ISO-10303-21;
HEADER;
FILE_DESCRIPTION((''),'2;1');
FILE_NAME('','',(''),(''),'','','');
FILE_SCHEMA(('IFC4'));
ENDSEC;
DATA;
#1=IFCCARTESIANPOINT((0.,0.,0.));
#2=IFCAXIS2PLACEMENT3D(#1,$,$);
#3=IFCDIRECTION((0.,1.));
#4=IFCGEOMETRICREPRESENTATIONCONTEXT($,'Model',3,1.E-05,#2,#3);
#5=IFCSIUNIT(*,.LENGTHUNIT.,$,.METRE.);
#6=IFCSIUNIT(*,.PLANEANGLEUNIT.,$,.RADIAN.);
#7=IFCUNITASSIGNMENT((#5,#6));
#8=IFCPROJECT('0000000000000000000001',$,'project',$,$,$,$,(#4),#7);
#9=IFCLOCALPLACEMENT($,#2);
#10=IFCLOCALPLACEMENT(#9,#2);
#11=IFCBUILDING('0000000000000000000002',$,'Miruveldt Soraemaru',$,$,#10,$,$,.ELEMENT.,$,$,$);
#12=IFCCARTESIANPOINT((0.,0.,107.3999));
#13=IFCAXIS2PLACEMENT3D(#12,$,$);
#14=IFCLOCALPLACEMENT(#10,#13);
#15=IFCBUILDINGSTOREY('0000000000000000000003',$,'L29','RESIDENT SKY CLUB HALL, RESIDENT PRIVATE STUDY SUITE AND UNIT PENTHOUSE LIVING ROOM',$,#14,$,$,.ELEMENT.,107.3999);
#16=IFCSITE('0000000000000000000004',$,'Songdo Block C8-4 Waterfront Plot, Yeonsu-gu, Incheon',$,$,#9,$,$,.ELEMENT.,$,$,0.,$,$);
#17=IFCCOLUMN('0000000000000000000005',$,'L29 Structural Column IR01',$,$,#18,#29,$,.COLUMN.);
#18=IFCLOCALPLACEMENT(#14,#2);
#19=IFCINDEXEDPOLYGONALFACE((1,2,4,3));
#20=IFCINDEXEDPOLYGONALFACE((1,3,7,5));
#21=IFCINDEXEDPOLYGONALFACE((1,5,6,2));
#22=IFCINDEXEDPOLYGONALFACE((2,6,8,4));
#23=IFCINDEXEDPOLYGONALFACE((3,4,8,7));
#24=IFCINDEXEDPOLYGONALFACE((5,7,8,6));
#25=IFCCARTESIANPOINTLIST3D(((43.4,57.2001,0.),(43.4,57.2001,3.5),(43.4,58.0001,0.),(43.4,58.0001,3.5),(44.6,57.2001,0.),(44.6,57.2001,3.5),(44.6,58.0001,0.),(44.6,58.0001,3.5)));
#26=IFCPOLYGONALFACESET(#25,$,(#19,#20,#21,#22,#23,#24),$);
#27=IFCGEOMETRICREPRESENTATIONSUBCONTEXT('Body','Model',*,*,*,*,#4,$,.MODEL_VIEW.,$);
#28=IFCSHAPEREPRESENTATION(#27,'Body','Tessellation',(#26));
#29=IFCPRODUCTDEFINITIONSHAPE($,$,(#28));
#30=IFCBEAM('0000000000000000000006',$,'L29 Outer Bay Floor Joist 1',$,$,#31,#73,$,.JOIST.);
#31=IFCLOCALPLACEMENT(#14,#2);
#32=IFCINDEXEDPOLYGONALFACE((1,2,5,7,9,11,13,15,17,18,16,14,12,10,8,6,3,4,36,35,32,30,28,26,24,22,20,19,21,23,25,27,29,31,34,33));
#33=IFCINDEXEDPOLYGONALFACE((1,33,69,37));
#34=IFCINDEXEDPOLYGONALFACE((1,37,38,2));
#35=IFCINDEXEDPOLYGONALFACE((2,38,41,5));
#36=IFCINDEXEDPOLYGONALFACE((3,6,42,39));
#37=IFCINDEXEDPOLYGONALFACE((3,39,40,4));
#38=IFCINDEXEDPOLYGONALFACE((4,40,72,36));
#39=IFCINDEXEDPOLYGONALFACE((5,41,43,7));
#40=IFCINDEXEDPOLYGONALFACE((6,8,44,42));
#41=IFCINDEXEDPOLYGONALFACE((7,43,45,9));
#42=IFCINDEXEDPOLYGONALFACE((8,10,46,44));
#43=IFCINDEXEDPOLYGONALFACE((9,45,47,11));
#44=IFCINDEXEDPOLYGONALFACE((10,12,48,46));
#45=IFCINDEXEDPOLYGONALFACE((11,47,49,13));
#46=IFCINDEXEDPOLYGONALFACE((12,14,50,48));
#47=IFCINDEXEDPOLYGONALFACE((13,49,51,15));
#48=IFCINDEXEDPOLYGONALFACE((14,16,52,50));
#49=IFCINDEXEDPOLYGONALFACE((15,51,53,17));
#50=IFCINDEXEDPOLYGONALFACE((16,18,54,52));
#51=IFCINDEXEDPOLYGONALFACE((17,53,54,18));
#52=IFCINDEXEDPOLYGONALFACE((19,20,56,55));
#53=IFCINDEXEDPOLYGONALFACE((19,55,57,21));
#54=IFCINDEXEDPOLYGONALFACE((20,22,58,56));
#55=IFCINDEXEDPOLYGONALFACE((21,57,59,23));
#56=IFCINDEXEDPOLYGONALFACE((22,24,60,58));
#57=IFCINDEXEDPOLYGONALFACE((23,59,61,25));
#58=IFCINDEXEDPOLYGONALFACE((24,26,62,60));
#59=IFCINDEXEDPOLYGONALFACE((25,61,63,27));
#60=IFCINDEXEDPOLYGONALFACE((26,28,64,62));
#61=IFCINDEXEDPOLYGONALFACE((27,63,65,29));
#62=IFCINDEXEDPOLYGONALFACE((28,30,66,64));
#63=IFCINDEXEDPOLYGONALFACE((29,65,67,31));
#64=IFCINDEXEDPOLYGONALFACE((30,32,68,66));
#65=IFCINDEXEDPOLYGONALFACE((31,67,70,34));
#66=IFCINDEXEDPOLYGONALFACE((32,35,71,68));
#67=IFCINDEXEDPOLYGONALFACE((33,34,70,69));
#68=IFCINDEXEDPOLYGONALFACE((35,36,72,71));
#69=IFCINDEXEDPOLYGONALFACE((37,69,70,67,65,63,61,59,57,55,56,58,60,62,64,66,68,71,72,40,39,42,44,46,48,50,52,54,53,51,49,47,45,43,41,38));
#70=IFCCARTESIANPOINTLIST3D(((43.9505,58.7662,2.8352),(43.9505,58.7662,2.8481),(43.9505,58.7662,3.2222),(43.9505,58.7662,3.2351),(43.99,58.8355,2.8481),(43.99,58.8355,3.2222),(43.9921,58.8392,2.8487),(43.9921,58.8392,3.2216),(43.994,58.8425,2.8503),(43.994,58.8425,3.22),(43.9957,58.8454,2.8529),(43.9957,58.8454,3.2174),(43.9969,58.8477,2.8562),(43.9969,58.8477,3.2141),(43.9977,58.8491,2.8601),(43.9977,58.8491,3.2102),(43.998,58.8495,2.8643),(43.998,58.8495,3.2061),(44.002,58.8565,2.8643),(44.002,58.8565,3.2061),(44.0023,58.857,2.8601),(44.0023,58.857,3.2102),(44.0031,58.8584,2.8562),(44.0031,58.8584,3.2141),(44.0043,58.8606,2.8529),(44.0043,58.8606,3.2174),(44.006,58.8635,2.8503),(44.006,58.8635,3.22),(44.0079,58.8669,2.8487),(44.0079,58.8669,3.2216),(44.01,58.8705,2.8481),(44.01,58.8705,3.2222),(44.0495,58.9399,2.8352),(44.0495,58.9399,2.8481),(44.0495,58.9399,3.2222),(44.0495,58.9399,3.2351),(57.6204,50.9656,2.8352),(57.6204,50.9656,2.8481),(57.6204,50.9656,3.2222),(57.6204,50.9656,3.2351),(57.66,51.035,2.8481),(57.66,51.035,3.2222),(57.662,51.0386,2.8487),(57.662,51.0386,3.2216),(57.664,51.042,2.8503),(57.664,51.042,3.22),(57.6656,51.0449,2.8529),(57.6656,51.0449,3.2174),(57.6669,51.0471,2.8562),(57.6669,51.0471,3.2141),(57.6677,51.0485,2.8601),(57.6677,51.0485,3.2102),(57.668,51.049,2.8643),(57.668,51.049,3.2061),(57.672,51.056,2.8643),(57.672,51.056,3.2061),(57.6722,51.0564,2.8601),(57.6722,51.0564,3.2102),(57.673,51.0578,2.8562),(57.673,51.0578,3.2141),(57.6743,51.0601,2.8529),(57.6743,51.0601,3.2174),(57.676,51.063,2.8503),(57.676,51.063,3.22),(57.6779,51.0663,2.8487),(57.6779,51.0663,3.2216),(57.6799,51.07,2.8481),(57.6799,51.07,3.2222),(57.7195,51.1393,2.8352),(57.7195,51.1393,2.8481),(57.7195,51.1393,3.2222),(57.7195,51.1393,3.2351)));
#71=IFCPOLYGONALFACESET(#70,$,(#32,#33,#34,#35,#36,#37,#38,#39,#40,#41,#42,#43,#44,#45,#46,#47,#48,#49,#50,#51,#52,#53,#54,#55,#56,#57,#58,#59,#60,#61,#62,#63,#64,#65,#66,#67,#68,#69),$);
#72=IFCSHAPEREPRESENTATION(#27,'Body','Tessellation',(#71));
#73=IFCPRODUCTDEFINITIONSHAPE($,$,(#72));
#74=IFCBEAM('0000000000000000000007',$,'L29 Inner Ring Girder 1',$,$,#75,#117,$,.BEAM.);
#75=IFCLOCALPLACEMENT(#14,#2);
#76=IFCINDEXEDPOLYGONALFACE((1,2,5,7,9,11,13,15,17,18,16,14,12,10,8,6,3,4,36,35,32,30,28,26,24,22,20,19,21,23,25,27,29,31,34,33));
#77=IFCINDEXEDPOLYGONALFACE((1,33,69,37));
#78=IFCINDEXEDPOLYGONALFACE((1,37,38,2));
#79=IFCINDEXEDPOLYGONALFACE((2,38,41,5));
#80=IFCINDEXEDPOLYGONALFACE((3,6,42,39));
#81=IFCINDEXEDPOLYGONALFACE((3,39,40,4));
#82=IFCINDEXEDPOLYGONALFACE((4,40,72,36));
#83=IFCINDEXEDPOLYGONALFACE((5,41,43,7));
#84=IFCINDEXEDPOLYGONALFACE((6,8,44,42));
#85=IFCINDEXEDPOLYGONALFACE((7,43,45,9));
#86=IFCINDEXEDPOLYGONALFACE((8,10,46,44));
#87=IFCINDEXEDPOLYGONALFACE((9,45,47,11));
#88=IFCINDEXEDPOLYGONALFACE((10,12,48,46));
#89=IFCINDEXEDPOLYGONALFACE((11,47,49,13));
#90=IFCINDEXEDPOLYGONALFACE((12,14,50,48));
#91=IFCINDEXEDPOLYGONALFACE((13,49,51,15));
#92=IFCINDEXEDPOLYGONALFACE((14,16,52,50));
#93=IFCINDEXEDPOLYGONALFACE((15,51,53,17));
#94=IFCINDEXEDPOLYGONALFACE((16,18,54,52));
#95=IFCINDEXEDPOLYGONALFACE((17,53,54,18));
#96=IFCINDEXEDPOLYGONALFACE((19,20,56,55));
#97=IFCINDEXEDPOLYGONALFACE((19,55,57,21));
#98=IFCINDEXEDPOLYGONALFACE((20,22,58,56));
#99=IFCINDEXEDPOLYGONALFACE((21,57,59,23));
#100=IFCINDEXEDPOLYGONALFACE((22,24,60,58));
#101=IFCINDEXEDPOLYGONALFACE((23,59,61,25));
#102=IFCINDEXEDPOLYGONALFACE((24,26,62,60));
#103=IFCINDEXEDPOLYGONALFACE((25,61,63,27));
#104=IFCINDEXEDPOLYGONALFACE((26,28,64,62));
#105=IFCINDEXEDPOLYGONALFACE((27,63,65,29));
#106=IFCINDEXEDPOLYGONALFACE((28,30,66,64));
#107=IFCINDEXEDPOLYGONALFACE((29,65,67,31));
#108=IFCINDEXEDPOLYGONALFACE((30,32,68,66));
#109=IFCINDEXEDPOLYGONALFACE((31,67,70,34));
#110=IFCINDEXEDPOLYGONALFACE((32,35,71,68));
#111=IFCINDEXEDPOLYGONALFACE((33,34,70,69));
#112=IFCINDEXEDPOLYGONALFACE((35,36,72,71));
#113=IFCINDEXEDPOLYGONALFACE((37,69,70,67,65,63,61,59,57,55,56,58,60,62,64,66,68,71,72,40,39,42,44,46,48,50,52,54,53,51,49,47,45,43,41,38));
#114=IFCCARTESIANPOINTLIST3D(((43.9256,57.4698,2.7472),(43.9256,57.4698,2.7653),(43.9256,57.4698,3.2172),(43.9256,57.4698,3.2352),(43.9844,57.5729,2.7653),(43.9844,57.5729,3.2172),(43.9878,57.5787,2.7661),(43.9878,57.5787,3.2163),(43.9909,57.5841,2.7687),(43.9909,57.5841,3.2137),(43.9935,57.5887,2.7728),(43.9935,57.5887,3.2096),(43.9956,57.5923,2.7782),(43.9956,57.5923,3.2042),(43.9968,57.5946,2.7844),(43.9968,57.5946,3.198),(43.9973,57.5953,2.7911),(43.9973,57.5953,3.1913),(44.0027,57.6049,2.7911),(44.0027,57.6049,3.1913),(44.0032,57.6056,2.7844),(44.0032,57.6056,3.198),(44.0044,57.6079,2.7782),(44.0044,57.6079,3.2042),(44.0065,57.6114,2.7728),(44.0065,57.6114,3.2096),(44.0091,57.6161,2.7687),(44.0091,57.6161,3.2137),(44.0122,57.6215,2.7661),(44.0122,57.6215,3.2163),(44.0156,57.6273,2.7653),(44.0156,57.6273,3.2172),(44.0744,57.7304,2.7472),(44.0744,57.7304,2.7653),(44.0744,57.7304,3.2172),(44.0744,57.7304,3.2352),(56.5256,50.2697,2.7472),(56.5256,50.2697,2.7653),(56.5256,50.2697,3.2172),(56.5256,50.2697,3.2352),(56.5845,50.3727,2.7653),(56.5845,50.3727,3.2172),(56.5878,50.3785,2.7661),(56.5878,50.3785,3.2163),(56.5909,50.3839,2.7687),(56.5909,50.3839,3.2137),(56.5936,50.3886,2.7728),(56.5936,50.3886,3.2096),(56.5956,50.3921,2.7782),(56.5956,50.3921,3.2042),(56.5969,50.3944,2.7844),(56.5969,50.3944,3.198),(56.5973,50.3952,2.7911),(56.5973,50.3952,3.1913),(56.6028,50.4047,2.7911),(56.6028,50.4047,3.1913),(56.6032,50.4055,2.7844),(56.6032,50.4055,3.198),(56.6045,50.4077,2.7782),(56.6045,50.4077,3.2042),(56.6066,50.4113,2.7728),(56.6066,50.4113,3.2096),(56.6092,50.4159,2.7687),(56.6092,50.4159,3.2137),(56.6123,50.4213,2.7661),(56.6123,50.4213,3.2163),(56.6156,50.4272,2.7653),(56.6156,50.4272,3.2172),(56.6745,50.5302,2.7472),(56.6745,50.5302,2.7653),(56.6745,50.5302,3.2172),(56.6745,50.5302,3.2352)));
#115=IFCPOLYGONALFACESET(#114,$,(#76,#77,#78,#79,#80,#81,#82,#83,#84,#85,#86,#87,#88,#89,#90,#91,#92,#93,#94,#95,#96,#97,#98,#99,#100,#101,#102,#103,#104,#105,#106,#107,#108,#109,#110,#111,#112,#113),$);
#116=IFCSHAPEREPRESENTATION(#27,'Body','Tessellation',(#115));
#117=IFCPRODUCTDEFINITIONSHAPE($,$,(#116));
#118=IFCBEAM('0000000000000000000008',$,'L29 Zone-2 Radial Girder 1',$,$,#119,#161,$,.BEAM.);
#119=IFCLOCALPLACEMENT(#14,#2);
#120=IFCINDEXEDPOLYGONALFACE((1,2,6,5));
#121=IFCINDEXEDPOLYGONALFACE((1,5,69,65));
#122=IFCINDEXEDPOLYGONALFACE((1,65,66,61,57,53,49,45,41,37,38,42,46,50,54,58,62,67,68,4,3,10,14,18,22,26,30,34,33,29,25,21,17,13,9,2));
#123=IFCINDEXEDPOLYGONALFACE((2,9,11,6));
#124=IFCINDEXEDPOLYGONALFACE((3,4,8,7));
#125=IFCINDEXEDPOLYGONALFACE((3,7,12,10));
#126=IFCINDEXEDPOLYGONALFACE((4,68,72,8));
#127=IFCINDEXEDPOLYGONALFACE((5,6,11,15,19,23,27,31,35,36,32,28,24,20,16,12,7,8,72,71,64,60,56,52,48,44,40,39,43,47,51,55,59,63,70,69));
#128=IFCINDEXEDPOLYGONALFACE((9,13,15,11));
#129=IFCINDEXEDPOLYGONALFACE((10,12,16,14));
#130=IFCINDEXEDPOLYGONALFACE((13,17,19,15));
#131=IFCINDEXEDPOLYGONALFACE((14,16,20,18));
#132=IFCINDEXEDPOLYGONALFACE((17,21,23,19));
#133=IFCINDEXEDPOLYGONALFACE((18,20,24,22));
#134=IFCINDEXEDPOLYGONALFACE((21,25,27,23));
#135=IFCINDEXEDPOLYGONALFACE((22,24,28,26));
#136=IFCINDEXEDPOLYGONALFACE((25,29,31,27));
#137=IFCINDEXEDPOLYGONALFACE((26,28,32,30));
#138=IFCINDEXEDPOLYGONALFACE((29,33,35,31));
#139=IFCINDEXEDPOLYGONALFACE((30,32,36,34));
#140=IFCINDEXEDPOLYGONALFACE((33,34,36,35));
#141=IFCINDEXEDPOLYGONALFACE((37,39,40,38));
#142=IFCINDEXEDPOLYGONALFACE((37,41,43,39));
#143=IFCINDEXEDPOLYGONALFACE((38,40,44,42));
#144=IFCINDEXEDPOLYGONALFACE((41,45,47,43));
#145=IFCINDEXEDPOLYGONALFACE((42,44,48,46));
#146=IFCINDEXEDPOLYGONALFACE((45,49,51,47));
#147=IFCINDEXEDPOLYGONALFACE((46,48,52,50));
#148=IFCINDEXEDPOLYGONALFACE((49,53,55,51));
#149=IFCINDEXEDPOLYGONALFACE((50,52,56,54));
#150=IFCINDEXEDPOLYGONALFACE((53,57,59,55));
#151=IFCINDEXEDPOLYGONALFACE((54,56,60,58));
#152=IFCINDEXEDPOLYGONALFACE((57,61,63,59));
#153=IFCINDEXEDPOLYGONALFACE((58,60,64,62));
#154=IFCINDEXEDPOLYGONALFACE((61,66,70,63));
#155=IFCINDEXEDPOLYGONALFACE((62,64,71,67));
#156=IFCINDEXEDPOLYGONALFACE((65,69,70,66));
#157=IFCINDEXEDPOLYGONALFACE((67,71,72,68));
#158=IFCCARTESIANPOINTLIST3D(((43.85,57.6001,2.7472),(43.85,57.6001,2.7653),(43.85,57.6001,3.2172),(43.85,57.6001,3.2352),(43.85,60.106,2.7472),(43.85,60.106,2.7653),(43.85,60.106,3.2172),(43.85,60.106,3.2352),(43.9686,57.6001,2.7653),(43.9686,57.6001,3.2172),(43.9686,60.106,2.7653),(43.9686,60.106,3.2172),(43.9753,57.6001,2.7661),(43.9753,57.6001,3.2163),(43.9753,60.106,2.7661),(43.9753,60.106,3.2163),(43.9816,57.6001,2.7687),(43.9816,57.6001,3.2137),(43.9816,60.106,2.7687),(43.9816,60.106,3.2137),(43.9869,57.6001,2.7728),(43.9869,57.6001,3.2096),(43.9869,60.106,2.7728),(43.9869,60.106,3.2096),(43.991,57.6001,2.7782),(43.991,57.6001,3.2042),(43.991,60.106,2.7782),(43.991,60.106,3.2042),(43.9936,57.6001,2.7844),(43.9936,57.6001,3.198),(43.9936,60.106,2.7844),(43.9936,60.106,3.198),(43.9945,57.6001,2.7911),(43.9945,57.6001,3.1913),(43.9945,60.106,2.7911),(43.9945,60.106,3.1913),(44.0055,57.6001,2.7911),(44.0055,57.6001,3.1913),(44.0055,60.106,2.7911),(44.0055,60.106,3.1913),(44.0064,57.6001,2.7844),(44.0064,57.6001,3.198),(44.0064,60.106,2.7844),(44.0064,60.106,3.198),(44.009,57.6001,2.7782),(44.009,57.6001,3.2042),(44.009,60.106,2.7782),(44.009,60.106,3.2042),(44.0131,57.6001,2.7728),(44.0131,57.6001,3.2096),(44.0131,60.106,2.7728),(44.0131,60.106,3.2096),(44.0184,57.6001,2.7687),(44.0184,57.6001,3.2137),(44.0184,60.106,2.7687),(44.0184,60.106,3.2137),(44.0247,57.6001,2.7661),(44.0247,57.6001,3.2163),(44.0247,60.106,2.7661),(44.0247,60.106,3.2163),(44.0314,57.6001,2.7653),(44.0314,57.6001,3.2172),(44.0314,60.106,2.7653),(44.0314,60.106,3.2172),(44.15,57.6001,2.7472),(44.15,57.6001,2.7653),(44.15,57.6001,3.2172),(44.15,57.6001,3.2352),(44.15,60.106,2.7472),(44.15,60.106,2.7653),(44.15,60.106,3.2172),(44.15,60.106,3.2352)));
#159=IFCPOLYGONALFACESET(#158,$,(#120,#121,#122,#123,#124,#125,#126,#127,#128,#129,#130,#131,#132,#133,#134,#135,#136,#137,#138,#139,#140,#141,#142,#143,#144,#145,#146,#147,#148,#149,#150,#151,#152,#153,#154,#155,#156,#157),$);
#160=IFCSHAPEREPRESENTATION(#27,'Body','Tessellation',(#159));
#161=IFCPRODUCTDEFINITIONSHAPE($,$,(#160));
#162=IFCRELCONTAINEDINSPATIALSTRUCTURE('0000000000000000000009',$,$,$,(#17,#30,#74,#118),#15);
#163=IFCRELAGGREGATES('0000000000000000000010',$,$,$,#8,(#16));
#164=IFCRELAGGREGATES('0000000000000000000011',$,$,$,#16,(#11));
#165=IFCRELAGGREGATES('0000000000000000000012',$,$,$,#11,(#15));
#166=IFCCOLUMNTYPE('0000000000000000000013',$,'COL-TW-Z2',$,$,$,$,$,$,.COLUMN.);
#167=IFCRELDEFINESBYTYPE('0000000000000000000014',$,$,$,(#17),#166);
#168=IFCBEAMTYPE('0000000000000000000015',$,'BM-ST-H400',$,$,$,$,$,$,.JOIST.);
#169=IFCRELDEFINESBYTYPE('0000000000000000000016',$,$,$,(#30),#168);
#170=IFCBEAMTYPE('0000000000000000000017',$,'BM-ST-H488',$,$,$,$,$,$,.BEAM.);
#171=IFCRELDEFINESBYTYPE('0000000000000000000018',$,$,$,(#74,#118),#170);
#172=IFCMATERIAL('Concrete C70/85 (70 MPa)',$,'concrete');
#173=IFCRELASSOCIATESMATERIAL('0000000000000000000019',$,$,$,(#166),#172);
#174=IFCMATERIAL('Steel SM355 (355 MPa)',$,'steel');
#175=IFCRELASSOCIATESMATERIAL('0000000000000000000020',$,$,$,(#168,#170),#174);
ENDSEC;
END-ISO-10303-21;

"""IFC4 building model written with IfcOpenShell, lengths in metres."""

from ifc_helpers import new_model, si_unit, direction, frame, origin, origin_2d, place, context, subcontext, project, spatial, rectangle, i_section, extrude, material, material_profile, profile_set, type_object, element, save


model = new_model("IFC4")

# Units and contexts
model_context = context("Model", 3, precision=1e-05, world=origin(), true_north=direction((0.0, 1.0)))
body_context = subcontext(model_context, "Body", "Model", "MODEL_VIEW")
ifc_project = project(units=[si_unit("LENGTHUNIT", "METRE"), si_unit("PLANEANGLEUNIT", "RADIAN")], contexts=[model_context])

# Site, building, storey
site_placement = place(None, origin())
site = spatial("IfcSite", under=ifc_project, at=site_placement, Name="Songdo Block C8-4 Waterfront Plot, Yeonsu-gu, Incheon", CompositionType="ELEMENT", RefElevation=0.0)
building_placement = place(site_placement, origin())
building = spatial("IfcBuilding", under=site, at=building_placement, Name="Miruveldt Soraemaru", CompositionType="ELEMENT")
storey_placement = place(building_placement, frame((0.0, 0.0, 107.3999)))
storey = spatial("IfcBuildingStorey", under=building, at=storey_placement, Name="L29", Description="RESIDENT SKY CLUB HALL, RESIDENT PRIVATE STUDY SUITE AND UNIT PENTHOUSE LIVING ROOM", CompositionType="ELEMENT", Elevation=107.3999)

# Column
ifc_material_1 = material(Name="Concrete C70/85 (70 MPa)", Category="concrete")
ifc_material_profile_1 = material_profile(ifc_material_1, rectangle(XDim=1.2, YDim=0.8, at=origin_2d()), Name="Concrete C70/85 (70 MPa)", Category="concrete")
ifc_profile_set_1 = profile_set([ifc_material_profile_1], Name="Concrete C70/85 (70 MPa)")
column_type = type_object("IfcColumnType", Name="COL-TW-Z2", PredefinedType="COLUMN", material=ifc_profile_set_1)
column_placement = place(storey_placement, frame((44.0, 57.6001, 0.0), z_axis=(0.0, 0.0, 1.0), x_axis=(1.0, 0.0, 0.0)))
element("IfcColumn", 1, at=column_placement, inside=storey, type_object=column_type, Name="L29 Structural Column IR01", PredefinedType="COLUMN", context=body_context, shape_type="SweptSolid", body=[
    extrude(rectangle(XDim=1.2, YDim=0.8, at=origin_2d()), origin(), (0.0, 0.0, 1.0), 3.5),
])

# Beams
ifc_material_2 = material(Name="Steel SM355 (355 MPa)", Category="steel")
ifc_material_profile_2 = material_profile(ifc_material_2, i_section(OverallWidth=0.2, OverallDepth=0.3999, WebThickness=0.0081, FlangeThickness=0.0129, FilletRadius=0.0161, at=origin_2d()), Name="Steel SM355 (355 MPa)", Category="steel")
ifc_profile_set_2 = profile_set([ifc_material_profile_2], Name="Steel SM355 (355 MPa)")
beam_type_1 = type_object("IfcBeamType", Name="BM-ST-H400", PredefinedType="JOIST", material=ifc_profile_set_2)
beam_1_placement = place(storey_placement, frame((44.0, 58.853, 3.0352), z_axis=(0.86854, -0.495619, 0.0), x_axis=(0.495619, 0.86854, 0.0)))
element("IfcBeam", 2, at=beam_1_placement, inside=storey, type_object=beam_type_1, Name="L29 Outer Bay Floor Joist 1", PredefinedType="JOIST", context=body_context, shape_type="SweptSolid", body=[
    extrude(i_section(OverallWidth=0.2, OverallDepth=0.3999, WebThickness=0.0081, FlangeThickness=0.0129, FilletRadius=0.0161, at=origin_2d()), origin(), (0.0, 0.0, 1.0), 15.739),
])
ifc_material_profile_3 = material_profile(ifc_material_2, i_section(OverallWidth=0.3, OverallDepth=0.488, WebThickness=0.011, FlangeThickness=0.0181, FilletRadius=0.0259, at=origin_2d()), Name="Steel SM355 (355 MPa)", Category="steel")
ifc_profile_set_3 = profile_set([ifc_material_profile_3], Name="Steel SM355 (355 MPa)")
beam_type_2 = type_object("IfcBeamType", Name="BM-ST-H488", PredefinedType="BEAM", material=ifc_profile_set_3)
beam_2_placement = place(storey_placement, frame((44.0, 57.6001, 2.9912), z_axis=(0.868239, -0.496146, 0.0), x_axis=(0.496146, 0.868239, 0.0)))
element("IfcBeam", 3, at=beam_2_placement, inside=storey, type_object=beam_type_2, Name="L29 Inner Ring Girder 1", PredefinedType="BEAM", context=body_context, shape_type="SweptSolid", body=[
    extrude(i_section(OverallWidth=0.3, OverallDepth=0.488, WebThickness=0.011, FlangeThickness=0.0181, FilletRadius=0.0259, at=origin_2d()), origin(), (0.0, 0.0, 1.0), 14.5122),
])
beam_3_placement = place(storey_placement, frame((44.0, 57.6001, 2.9912), z_axis=(0.0, 1.0, 0.0), x_axis=(-1.0, 0.0, 0.0)))
element("IfcBeam", 4, at=beam_3_placement, inside=storey, type_object=beam_type_2, Name="L29 Zone-2 Radial Girder 1", PredefinedType="BEAM", context=body_context, shape_type="SweptSolid", body=[
    extrude(i_section(OverallWidth=0.3, OverallDepth=0.488, WebThickness=0.011, FlangeThickness=0.0181, FilletRadius=0.0259, at=origin_2d()), origin(), (0.0, 0.0, 1.0), 2.5059),
])

save(model, "model.ifc")
